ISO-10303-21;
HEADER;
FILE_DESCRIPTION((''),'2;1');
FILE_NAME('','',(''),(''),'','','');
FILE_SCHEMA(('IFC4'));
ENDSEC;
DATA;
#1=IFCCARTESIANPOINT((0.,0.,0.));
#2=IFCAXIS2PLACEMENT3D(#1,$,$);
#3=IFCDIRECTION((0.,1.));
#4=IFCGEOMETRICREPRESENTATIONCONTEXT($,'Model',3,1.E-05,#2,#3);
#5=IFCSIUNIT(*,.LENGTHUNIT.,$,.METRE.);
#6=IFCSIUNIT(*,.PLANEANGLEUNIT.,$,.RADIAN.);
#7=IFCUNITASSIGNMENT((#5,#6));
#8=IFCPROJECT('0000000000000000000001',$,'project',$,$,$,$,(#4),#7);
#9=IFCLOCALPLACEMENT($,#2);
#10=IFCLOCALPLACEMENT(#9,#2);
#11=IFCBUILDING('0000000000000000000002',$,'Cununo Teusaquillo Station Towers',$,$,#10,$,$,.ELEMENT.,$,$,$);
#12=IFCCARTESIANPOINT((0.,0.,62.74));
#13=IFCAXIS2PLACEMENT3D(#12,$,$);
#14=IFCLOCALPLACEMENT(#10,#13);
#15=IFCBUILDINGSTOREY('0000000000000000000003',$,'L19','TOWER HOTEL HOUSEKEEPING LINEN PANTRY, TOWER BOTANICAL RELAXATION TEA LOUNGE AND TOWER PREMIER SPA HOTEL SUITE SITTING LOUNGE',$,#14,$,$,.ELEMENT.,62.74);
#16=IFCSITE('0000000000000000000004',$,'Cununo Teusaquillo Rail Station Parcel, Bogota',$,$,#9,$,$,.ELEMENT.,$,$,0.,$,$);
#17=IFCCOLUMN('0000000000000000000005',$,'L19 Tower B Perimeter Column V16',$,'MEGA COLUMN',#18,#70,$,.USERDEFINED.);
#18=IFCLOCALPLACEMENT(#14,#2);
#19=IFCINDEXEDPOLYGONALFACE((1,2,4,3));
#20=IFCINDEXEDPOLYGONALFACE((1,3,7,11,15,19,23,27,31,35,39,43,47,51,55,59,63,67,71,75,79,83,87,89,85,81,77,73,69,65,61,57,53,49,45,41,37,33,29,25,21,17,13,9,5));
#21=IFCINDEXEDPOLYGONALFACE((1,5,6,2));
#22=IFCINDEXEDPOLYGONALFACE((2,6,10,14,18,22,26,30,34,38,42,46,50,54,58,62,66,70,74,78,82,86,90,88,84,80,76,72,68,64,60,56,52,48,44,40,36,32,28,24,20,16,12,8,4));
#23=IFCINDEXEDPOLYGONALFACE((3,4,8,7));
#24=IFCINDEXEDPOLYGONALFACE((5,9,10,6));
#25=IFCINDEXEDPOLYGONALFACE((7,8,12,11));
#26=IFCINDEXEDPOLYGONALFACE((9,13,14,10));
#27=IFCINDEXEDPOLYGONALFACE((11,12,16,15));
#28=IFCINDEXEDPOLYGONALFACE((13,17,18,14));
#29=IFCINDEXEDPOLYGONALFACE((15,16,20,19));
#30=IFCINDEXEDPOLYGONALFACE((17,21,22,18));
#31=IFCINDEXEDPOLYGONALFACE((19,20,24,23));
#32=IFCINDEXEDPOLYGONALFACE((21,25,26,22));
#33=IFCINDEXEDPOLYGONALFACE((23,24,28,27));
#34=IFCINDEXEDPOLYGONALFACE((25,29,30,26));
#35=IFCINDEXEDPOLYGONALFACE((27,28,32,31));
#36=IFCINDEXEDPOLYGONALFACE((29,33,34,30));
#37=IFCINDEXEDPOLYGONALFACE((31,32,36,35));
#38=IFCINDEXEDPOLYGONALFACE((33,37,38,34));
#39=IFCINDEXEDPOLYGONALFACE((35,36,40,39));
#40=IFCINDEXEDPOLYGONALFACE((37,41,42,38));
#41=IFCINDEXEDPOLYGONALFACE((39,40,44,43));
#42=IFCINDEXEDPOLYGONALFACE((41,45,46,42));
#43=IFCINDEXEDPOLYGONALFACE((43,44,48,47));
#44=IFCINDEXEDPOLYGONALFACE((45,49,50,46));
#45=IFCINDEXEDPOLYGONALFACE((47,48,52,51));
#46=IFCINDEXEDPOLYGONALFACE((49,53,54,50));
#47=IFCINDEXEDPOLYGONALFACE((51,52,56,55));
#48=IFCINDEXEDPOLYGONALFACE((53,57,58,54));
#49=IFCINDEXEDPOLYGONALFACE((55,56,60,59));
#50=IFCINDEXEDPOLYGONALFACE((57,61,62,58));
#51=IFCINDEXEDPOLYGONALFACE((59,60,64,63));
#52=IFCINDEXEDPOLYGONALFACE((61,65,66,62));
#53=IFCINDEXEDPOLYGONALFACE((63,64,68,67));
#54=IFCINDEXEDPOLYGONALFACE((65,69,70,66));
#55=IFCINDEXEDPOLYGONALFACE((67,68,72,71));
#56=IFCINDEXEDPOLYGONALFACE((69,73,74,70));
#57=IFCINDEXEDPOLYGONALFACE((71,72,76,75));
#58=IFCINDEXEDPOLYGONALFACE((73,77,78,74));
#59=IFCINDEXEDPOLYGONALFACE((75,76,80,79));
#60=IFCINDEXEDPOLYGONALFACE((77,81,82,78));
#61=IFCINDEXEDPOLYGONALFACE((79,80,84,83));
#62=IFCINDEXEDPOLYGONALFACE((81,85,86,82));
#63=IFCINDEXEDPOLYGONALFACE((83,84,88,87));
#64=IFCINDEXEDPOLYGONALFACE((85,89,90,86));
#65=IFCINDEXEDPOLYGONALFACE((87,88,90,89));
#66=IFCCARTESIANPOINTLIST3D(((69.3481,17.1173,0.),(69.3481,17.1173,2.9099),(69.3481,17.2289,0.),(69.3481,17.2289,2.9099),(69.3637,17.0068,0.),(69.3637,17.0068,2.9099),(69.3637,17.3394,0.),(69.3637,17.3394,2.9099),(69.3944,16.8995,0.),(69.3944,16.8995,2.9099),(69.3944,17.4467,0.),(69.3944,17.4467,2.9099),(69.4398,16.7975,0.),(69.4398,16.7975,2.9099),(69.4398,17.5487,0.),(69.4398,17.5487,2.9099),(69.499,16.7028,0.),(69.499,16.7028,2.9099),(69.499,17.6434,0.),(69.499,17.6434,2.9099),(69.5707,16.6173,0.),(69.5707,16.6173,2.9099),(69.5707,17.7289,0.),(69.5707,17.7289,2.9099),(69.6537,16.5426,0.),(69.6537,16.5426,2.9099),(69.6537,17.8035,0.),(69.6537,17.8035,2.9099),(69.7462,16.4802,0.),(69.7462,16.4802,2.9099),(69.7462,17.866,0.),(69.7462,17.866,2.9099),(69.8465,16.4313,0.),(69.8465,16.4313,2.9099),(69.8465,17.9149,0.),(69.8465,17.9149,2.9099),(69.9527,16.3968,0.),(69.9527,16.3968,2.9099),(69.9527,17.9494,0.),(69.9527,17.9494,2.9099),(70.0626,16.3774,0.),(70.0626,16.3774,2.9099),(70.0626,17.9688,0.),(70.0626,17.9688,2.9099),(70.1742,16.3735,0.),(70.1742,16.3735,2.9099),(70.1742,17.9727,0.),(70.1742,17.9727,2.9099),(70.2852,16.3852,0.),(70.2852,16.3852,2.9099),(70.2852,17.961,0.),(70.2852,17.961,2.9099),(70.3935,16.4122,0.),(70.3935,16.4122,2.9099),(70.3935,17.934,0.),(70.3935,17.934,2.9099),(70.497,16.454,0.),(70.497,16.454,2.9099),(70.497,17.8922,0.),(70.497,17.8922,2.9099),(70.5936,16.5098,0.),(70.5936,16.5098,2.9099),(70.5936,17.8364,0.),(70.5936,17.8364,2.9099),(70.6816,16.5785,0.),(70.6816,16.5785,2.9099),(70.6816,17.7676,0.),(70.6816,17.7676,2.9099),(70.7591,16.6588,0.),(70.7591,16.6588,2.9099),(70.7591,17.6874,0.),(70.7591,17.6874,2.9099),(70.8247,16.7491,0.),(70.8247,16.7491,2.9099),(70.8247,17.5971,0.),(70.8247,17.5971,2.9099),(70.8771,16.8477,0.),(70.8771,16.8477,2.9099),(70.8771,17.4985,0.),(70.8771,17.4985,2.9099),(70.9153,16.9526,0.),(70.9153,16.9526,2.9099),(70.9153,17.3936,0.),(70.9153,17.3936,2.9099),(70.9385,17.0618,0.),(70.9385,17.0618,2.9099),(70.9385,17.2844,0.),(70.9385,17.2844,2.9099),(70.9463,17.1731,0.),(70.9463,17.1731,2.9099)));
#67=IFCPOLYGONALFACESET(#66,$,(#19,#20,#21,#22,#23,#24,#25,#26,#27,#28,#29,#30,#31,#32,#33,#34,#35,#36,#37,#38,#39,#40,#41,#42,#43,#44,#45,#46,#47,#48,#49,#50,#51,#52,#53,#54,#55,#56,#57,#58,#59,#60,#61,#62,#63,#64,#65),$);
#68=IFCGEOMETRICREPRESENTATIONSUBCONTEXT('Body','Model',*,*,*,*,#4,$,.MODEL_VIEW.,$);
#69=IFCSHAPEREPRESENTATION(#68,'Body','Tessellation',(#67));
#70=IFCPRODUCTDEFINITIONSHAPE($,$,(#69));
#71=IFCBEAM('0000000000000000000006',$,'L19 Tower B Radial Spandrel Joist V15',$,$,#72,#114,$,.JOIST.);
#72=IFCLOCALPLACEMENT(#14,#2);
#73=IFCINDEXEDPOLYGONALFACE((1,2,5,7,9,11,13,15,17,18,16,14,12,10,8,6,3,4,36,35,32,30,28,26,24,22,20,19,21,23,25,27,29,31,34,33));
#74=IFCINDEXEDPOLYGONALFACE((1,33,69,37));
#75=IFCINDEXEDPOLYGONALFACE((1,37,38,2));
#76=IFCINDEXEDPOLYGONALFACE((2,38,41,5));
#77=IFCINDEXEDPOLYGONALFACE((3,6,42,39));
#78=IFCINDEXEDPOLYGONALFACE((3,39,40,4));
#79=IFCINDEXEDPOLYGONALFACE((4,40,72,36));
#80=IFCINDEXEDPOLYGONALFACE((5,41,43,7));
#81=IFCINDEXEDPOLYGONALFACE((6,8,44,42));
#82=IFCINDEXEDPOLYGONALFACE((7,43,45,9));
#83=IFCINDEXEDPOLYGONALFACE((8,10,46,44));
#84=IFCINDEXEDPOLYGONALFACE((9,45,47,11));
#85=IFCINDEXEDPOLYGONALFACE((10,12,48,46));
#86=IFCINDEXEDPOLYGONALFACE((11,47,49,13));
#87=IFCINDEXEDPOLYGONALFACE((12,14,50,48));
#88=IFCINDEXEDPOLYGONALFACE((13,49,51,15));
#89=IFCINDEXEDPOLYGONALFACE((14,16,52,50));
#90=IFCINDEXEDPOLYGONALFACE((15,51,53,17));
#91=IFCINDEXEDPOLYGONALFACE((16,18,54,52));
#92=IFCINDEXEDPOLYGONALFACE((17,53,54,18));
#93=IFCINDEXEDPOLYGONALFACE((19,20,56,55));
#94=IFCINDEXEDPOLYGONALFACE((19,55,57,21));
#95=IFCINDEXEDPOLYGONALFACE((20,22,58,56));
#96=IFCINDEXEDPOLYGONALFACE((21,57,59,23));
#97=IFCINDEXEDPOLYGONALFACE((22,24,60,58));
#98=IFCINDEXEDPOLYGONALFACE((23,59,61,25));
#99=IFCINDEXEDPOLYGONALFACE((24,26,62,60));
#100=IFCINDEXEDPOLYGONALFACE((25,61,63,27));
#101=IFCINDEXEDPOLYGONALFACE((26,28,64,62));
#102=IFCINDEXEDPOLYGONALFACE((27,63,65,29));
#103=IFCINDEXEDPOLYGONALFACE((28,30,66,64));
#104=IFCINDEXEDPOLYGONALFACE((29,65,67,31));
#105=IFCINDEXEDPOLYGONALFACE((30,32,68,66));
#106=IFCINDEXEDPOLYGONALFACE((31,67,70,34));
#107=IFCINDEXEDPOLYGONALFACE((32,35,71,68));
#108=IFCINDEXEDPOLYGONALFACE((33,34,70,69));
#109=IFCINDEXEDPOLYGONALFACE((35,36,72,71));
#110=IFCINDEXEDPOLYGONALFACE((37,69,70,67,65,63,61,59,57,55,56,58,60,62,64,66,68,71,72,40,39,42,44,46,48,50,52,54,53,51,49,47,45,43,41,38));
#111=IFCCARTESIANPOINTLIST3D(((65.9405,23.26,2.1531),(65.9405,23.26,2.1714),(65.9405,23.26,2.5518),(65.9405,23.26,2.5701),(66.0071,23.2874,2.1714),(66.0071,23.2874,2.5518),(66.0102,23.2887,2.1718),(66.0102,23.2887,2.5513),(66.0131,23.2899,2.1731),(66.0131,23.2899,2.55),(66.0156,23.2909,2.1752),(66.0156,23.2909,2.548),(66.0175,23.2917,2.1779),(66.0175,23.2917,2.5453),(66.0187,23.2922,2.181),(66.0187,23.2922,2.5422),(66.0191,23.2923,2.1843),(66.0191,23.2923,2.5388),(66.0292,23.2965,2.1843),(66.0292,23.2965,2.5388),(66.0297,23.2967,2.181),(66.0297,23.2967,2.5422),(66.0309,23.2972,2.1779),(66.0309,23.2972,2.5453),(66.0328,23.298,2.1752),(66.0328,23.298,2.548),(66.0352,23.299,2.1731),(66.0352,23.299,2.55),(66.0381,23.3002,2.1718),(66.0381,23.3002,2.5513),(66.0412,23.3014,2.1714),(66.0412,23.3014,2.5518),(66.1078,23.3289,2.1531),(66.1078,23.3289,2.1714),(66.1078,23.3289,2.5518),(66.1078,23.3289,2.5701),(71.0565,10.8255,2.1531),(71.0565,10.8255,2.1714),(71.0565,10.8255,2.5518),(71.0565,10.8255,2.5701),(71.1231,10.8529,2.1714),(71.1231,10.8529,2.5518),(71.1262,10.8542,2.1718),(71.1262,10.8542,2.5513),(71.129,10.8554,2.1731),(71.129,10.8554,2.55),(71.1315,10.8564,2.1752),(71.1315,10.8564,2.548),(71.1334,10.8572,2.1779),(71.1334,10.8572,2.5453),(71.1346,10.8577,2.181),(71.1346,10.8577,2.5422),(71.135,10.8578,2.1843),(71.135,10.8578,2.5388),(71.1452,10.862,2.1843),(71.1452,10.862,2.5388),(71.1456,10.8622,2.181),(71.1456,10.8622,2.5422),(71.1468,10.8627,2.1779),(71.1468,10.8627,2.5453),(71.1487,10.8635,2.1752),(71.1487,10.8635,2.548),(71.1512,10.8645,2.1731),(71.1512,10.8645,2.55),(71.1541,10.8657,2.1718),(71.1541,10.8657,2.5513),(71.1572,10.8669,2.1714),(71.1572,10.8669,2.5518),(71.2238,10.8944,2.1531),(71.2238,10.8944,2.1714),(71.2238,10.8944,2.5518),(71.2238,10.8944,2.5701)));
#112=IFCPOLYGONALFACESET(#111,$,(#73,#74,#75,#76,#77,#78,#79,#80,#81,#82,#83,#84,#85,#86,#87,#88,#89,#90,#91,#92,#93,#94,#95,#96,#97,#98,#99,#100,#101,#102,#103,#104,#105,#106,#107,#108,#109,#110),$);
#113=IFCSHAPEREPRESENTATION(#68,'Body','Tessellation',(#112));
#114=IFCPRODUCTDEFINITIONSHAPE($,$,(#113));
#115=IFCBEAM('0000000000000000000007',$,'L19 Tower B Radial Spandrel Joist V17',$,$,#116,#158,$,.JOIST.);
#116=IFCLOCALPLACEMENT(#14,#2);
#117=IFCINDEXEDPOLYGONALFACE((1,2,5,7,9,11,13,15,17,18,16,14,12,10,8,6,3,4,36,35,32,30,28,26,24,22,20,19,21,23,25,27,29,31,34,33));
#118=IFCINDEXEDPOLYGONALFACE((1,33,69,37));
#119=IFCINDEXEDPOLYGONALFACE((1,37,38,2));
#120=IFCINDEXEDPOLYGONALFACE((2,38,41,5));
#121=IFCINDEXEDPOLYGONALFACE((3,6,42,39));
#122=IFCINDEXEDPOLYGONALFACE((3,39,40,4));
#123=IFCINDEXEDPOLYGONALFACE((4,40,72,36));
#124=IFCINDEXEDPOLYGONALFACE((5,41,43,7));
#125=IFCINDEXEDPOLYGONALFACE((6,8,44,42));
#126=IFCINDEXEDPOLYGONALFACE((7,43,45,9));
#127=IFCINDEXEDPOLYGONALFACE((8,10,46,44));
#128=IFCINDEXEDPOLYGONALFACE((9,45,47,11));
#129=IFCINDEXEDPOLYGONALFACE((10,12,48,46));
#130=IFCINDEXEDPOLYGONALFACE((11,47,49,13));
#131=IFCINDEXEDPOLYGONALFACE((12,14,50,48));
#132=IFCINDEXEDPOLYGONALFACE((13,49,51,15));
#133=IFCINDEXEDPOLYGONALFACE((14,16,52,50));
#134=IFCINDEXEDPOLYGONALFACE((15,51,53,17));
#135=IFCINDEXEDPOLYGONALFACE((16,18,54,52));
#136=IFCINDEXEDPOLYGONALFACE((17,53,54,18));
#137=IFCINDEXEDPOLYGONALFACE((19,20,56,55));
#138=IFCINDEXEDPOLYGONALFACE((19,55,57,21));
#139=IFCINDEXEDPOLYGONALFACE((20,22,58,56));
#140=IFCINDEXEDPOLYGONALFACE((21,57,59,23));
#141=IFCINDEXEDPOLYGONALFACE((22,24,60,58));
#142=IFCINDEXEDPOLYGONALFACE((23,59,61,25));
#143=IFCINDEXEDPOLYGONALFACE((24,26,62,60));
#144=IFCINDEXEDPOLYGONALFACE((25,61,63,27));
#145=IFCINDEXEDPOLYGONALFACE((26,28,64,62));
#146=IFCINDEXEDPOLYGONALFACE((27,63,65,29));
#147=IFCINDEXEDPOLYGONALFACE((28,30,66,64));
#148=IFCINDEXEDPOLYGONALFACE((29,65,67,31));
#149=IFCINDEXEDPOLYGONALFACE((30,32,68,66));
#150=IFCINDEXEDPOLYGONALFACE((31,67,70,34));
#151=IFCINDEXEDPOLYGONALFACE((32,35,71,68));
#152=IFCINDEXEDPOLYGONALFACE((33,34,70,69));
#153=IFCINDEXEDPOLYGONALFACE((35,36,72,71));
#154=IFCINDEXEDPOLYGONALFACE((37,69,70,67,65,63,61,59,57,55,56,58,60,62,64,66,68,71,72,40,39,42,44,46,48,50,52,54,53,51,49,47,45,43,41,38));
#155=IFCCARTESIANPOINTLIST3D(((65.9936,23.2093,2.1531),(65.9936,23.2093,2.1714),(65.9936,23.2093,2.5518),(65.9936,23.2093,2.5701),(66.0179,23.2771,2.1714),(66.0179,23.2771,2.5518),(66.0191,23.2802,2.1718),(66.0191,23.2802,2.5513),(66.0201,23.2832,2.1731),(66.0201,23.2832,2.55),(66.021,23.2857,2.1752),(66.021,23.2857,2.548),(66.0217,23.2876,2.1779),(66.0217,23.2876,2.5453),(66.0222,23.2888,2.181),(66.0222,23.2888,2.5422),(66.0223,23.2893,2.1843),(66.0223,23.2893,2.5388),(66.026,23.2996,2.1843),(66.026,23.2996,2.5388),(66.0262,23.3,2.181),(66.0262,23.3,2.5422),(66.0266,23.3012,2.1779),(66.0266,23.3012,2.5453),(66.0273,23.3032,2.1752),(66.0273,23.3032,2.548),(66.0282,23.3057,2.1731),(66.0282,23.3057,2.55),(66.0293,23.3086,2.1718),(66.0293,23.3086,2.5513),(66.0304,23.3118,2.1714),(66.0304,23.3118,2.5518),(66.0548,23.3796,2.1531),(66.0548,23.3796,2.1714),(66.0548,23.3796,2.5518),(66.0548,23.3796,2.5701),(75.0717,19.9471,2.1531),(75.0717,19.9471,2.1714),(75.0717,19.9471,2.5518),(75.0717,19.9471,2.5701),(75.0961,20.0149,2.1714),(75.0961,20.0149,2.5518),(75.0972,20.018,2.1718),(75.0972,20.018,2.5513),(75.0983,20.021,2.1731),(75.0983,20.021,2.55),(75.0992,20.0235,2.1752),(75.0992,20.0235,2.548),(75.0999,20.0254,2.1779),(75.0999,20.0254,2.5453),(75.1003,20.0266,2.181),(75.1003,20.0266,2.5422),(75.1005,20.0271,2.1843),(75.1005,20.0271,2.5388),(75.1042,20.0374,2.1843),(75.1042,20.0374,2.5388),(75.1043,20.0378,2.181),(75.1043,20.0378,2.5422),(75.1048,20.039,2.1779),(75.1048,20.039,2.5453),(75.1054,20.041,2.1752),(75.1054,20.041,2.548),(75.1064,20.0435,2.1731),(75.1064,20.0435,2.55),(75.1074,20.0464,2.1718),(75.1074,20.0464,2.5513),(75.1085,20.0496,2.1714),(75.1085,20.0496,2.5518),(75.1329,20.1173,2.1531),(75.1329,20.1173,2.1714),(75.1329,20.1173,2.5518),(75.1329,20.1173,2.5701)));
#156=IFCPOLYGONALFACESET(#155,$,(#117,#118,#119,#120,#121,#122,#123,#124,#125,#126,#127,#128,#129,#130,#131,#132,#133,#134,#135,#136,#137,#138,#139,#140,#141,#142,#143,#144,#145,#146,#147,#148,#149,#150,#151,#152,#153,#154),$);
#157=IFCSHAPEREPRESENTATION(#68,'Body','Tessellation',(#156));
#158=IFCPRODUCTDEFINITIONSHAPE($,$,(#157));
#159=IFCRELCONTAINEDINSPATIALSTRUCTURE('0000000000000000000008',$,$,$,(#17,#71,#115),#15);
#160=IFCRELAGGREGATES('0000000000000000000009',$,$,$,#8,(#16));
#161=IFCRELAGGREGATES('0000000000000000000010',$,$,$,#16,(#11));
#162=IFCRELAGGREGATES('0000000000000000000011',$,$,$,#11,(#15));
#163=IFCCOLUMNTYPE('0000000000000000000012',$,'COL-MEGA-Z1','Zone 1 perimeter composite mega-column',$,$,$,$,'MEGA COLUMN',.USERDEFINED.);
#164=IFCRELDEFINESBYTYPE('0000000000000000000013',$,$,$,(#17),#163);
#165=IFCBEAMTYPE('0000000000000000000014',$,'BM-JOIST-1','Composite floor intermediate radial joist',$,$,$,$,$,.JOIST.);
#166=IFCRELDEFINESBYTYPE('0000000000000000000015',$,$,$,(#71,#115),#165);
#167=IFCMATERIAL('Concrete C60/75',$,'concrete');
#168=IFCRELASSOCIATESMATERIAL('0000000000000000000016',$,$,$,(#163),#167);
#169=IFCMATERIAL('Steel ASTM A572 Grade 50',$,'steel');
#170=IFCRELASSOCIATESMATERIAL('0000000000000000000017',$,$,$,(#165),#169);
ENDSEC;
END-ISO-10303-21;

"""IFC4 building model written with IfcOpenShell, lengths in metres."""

from ifc_helpers import new_model, si_unit, direction, frame, origin, origin_2d, place, context, subcontext, project, spatial, circle, i_section, extrude, material, material_profile, profile_set, type_object, element, save


model = new_model("IFC4")

# Units and contexts
model_context = context("Model", 3, precision=1e-05, world=origin(), true_north=direction((0.0, 1.0)))
body_context = subcontext(model_context, "Body", "Model", "MODEL_VIEW")
ifc_project = project(units=[si_unit("LENGTHUNIT", "METRE"), si_unit("PLANEANGLEUNIT", "RADIAN")], contexts=[model_context])

# Site, building, storey
site_placement = place(None, origin())
site = spatial("IfcSite", under=ifc_project, at=site_placement, Name="Cununo Teusaquillo Rail Station Parcel, Bogota", CompositionType="ELEMENT", RefElevation=0.0)
building_placement = place(site_placement, origin())
building = spatial("IfcBuilding", under=site, at=building_placement, Name="Cununo Teusaquillo Station Towers", CompositionType="ELEMENT")
storey_placement = place(building_placement, frame((0.0, 0.0, 62.74)))
storey = spatial("IfcBuildingStorey", under=building, at=storey_placement, Name="L19", Description="TOWER HOTEL HOUSEKEEPING LINEN PANTRY, TOWER BOTANICAL RELAXATION TEA LOUNGE AND TOWER PREMIER SPA HOTEL SUITE SITTING LOUNGE", CompositionType="ELEMENT", Elevation=62.74)

# Column
ifc_material_1 = material(Name="Concrete C60/75", Category="concrete")
ifc_material_profile_1 = material_profile(ifc_material_1, circle(Radius=0.8, at=origin_2d()), Name="RC-CIRC-1600")
ifc_profile_set_1 = profile_set([ifc_material_profile_1], Name="Concrete C60/75")
column_type = type_object("IfcColumnType", Name="COL-MEGA-Z1", Description="Zone 1 perimeter composite mega-column", ElementType="MEGA COLUMN", PredefinedType="USERDEFINED", material=ifc_profile_set_1)
column_placement = place(storey_placement, frame((70.1462, 17.1731, 0.0), z_axis=(0.0, 0.0, 1.0), x_axis=(1.0, 0.0, 0.0)))
element("IfcColumn", 1, at=column_placement, inside=storey, type_object=column_type, Name="L19 Tower B Perimeter Column V16", ObjectType="MEGA COLUMN", PredefinedType="USERDEFINED", context=body_context, shape_type="SweptSolid", body=[
    extrude(circle(Radius=0.8, at=origin_2d()), origin(), (0.0, 0.0, 1.0), 2.9099),
])

# Beams
ifc_material_2 = material(Name="Steel ASTM A572 Grade 50", Category="steel")
ifc_material_profile_2 = material_profile(ifc_material_2, i_section(OverallWidth=0.1809, OverallDepth=0.417, WebThickness=0.011, FlangeThickness=0.0183, FilletRadius=0.0129, at=origin_2d()), Name="W16X57")
ifc_profile_set_2 = profile_set([ifc_material_profile_2], Name="Steel ASTM A572 Grade 50")
beam_type_1 = type_object("IfcBeamType", Name="BM-JOIST-1", Description="Composite floor intermediate radial joist", PredefinedType="JOIST", material=ifc_profile_set_2)
beam_1_placement = place(storey_placement, frame((66.0242, 23.2944, 2.3616), z_axis=(0.380486, -0.924787, 0.0), x_axis=(0.924787, 0.380486, 0.0)))
element("IfcBeam", 2, at=beam_1_placement, inside=storey, type_object=beam_type_1, Name="L19 Tower B Radial Spandrel Joist V15", PredefinedType="JOIST", context=body_context, shape_type="SweptSolid", body=[
    extrude(i_section(OverallWidth=0.1809, OverallDepth=0.417, WebThickness=0.011, FlangeThickness=0.0183, FilletRadius=0.0129, at=origin_2d()), origin(), (0.0, 0.0, 1.0), 13.4458),
])
beam_2_placement = place(storey_placement, frame((66.0242, 23.2944, 2.3616), z_axis=(0.941083, -0.338176, 0.0), x_axis=(0.338176, 0.941083, 0.0)))
element("IfcBeam", 3, at=beam_2_placement, inside=storey, type_object=beam_type_1, Name="L19 Tower B Radial Spandrel Joist V17", PredefinedType="JOIST", context=body_context, shape_type="SweptSolid", body=[
    extrude(i_section(OverallWidth=0.1809, OverallDepth=0.417, WebThickness=0.011, FlangeThickness=0.0183, FilletRadius=0.0129, at=origin_2d()), origin(), (0.0, 0.0, 1.0), 9.6465),
])

save(model, "model.ifc")
